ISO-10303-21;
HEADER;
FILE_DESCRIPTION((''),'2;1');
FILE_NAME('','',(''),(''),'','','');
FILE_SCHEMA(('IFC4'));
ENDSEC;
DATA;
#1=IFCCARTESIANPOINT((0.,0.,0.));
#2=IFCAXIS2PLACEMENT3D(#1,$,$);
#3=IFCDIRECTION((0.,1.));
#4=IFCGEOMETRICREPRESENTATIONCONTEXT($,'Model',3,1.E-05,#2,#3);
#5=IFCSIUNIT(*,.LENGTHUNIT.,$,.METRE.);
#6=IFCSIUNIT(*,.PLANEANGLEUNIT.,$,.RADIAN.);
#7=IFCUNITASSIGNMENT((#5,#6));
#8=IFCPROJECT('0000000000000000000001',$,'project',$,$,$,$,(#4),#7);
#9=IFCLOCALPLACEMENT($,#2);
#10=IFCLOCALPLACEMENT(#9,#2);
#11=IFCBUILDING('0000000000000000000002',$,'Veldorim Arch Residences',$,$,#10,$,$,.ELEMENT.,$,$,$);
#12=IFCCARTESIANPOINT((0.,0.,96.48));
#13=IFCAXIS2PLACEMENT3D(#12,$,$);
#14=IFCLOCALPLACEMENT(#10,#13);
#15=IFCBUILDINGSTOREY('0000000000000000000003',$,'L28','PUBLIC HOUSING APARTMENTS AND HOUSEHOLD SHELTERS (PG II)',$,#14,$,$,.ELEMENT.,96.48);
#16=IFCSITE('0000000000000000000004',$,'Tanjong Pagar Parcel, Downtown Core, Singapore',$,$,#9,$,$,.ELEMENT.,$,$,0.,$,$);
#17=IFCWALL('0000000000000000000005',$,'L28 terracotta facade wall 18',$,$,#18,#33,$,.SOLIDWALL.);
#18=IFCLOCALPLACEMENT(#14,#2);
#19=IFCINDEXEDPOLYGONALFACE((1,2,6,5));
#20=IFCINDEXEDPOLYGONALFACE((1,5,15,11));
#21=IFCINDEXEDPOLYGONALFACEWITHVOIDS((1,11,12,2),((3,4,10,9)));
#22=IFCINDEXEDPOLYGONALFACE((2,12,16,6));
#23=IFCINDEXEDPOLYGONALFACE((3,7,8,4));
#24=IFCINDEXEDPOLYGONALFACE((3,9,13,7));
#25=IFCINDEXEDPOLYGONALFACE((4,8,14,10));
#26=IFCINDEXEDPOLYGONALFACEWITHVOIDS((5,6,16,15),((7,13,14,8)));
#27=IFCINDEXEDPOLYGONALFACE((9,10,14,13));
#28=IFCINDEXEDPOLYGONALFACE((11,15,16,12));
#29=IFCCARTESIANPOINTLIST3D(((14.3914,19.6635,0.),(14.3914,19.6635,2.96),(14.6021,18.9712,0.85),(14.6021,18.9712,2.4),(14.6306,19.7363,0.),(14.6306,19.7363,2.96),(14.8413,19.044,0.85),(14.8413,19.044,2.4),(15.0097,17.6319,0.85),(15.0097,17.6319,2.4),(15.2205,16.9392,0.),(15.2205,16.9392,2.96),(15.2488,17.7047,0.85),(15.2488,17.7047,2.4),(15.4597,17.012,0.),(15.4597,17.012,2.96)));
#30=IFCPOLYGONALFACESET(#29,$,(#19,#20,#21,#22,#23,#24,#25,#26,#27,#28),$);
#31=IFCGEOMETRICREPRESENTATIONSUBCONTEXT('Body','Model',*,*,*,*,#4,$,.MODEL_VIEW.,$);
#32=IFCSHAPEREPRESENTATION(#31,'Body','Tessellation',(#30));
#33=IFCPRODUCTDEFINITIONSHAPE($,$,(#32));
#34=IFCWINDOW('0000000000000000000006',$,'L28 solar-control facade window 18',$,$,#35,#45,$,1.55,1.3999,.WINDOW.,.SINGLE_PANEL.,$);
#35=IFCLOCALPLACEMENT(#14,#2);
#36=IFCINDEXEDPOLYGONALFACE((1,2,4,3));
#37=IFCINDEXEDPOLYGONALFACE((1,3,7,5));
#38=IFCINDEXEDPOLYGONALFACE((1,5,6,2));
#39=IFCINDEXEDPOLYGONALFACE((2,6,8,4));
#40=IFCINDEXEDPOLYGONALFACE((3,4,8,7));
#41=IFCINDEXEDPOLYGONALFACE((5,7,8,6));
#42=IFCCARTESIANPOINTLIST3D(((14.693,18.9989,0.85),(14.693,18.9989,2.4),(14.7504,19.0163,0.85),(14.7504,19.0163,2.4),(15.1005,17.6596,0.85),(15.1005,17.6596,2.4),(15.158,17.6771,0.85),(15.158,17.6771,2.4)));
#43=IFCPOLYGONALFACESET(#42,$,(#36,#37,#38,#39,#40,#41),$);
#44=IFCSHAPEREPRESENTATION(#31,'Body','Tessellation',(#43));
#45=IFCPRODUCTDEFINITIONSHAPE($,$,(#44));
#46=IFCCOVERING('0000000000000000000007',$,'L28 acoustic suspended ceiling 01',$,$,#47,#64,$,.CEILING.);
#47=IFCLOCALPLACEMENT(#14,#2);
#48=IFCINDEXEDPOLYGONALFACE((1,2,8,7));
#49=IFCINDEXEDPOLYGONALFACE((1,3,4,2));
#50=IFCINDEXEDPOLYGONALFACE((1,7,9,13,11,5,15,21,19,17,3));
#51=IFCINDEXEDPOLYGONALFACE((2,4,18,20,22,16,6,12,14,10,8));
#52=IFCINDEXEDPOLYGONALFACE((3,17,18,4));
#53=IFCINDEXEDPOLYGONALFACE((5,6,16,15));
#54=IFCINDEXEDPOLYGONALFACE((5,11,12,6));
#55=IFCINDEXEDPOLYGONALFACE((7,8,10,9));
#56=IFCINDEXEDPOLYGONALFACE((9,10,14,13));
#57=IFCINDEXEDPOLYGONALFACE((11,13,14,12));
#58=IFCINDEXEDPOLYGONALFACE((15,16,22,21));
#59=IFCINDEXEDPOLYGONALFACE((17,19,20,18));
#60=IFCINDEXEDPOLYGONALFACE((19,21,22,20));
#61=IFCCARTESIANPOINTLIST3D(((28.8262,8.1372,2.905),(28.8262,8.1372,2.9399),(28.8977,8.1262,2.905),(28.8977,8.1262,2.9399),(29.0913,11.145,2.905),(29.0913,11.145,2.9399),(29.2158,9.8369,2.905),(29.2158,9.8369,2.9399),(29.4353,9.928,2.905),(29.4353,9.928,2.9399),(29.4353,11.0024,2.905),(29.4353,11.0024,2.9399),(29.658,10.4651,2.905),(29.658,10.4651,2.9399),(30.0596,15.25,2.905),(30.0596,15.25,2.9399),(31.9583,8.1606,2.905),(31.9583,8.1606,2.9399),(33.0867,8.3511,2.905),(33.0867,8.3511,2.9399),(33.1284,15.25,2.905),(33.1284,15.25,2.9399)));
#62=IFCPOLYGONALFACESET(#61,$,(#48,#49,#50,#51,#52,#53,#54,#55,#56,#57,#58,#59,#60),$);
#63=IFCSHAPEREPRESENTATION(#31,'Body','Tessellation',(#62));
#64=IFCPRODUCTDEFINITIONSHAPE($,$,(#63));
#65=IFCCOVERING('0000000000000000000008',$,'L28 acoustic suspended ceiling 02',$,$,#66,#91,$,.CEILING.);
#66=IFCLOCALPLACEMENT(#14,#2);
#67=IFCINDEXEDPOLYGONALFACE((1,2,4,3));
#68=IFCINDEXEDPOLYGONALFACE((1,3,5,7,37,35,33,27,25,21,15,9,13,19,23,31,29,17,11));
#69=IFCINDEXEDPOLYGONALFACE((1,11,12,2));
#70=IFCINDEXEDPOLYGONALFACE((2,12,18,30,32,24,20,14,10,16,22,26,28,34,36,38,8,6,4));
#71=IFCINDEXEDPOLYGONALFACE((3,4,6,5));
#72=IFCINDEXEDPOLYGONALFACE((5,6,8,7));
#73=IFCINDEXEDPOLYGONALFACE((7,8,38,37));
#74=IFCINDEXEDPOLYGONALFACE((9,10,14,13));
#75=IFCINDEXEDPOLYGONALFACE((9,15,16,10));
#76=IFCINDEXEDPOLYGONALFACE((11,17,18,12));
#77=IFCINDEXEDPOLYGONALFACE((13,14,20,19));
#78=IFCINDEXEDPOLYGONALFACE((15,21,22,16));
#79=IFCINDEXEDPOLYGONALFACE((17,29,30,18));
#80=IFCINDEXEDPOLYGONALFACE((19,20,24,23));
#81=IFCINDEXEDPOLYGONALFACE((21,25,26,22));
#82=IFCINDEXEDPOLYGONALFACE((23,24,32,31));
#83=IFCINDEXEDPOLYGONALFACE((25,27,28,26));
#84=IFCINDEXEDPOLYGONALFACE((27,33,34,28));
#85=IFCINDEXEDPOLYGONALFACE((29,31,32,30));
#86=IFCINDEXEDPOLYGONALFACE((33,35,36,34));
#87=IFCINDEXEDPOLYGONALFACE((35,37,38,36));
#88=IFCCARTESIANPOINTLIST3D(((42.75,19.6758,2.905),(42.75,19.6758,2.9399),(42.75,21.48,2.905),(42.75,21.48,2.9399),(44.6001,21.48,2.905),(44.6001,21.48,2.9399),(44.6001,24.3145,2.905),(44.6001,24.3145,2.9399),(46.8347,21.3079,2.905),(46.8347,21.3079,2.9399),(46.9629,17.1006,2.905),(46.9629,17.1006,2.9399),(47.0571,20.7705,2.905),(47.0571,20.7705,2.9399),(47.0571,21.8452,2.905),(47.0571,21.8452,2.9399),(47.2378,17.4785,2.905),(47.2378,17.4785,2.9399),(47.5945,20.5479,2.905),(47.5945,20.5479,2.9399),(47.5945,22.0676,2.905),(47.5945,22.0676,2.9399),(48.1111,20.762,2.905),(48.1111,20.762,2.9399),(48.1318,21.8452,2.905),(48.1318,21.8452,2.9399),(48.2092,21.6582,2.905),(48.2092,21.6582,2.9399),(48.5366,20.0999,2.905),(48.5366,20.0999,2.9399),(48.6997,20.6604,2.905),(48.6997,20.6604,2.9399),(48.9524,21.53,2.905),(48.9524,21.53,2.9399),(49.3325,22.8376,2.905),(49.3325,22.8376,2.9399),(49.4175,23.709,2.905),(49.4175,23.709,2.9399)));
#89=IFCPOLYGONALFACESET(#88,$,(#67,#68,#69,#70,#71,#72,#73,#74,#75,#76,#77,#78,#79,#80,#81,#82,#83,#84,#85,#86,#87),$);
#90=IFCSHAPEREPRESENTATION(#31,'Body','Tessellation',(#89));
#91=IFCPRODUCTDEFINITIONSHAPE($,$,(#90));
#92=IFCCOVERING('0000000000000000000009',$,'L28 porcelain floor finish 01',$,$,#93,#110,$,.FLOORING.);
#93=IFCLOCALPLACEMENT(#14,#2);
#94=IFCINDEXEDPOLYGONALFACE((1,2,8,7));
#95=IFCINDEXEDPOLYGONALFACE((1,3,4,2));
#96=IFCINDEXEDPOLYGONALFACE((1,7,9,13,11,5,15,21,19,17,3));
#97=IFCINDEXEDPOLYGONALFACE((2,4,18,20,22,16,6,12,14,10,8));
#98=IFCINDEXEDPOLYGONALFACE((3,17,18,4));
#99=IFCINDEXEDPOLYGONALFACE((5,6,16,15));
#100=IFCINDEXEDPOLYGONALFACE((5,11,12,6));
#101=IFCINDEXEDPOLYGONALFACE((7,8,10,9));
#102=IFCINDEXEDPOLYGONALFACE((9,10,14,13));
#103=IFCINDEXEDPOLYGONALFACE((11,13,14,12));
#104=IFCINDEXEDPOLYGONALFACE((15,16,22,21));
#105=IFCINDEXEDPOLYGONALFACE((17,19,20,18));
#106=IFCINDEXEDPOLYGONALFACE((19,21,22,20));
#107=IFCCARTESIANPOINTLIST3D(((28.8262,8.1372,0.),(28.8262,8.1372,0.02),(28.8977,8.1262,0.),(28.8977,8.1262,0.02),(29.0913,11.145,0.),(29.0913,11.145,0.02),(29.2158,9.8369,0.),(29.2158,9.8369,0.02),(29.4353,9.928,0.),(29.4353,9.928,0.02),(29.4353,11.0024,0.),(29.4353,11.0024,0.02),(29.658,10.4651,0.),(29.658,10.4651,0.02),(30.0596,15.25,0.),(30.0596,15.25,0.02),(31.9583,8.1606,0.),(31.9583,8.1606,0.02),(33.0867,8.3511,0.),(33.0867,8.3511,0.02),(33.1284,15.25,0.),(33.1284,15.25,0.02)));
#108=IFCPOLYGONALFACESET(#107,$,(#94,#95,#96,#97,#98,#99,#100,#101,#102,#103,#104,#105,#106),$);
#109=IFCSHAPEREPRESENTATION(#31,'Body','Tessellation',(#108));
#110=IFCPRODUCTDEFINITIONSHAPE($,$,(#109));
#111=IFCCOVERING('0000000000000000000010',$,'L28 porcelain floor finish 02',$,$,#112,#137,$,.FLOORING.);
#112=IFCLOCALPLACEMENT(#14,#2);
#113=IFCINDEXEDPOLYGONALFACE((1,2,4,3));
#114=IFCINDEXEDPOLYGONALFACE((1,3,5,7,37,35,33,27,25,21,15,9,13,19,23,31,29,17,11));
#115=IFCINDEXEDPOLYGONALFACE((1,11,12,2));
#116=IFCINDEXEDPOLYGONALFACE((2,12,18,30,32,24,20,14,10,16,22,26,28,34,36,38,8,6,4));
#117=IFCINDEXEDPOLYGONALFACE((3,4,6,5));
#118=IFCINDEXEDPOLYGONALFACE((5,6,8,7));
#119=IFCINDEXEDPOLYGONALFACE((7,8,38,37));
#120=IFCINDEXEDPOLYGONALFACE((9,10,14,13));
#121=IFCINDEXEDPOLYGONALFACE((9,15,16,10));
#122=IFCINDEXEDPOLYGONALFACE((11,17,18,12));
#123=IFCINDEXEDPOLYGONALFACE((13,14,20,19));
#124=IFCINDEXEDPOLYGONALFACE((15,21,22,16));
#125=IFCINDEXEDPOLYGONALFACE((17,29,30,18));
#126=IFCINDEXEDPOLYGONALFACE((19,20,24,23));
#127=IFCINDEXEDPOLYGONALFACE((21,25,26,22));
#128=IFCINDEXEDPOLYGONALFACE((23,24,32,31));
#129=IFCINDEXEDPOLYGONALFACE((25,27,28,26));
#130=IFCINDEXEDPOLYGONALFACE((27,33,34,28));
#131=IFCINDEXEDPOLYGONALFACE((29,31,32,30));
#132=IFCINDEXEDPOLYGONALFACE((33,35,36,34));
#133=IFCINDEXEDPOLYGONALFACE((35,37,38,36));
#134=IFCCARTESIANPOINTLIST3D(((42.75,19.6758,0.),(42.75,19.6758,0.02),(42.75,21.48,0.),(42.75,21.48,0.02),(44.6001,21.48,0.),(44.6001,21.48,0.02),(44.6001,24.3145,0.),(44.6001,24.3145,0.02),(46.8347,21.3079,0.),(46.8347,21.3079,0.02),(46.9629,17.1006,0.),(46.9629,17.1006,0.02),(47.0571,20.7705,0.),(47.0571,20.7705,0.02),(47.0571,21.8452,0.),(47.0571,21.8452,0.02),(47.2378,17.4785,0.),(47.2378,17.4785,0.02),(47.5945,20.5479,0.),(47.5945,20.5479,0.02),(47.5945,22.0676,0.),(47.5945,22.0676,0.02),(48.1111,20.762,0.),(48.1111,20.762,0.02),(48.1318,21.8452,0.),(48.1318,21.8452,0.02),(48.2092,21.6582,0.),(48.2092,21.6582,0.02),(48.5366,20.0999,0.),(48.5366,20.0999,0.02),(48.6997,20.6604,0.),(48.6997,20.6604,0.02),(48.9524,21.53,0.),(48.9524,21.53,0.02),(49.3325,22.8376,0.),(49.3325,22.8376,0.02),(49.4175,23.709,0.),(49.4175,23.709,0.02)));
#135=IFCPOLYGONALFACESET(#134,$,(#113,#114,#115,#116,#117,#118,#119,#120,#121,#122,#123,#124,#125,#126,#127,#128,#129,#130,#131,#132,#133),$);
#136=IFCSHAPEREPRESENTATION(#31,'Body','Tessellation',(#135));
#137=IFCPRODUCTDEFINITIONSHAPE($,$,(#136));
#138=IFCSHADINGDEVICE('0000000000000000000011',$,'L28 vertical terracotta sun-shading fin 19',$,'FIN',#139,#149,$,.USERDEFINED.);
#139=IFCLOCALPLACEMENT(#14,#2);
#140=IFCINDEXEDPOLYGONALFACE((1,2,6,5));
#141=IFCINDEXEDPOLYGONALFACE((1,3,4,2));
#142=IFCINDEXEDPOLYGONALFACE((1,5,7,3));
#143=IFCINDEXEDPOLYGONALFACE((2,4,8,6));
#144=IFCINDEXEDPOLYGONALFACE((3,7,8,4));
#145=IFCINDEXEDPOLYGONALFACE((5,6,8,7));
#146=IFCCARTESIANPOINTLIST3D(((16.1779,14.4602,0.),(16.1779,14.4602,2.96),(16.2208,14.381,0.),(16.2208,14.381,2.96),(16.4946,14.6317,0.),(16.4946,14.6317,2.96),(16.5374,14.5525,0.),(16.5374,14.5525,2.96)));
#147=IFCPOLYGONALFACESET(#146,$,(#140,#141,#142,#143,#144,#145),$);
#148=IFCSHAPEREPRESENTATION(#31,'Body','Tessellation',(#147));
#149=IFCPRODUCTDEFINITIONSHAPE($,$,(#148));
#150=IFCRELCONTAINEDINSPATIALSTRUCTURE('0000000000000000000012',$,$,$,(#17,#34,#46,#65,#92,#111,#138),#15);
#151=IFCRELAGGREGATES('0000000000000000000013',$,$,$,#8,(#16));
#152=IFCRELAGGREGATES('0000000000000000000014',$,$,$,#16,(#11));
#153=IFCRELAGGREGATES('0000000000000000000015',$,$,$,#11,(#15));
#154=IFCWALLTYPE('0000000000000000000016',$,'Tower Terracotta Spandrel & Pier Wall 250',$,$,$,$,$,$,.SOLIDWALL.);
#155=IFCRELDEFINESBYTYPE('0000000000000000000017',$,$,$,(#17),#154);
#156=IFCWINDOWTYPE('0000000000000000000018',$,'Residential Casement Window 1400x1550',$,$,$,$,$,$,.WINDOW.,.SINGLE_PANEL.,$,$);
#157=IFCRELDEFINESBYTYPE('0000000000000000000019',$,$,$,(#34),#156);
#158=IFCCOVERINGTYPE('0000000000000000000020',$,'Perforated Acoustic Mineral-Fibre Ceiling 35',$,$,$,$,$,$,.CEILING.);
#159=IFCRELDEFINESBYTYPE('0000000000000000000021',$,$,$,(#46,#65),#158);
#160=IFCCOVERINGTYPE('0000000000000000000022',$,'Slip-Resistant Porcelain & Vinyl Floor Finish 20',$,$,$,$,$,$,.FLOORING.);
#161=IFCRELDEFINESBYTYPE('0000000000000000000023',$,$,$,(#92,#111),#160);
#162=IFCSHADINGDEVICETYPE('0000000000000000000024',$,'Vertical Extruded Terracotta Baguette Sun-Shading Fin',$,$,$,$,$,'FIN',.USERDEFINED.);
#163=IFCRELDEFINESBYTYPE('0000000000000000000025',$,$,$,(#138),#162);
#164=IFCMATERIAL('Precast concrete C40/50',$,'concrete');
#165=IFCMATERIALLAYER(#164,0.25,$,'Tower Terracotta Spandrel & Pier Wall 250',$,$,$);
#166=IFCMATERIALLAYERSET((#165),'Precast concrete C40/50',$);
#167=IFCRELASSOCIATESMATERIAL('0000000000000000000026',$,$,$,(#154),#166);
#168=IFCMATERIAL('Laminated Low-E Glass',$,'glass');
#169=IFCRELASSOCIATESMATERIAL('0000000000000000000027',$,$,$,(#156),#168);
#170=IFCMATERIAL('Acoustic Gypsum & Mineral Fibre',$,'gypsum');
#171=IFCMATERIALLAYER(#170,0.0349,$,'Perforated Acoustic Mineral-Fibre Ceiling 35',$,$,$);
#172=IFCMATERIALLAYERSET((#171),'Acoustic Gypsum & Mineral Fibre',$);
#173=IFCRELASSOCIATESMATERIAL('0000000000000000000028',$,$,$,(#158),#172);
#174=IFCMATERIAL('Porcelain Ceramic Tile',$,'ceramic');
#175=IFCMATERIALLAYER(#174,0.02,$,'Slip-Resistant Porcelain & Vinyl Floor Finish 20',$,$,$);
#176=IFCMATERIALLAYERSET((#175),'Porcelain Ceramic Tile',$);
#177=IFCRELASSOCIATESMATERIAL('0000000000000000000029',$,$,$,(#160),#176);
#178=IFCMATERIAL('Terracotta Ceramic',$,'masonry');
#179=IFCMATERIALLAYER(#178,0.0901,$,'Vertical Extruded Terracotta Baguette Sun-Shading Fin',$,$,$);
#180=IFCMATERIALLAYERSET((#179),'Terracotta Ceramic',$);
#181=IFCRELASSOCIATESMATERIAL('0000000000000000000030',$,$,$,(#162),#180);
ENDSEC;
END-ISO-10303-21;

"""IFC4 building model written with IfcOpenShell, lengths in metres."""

from ifc_helpers import new_model, si_unit, direction, frame, frame_2d, origin, origin_2d, place, context, subcontext, project, spatial, polyline, rectangle, outline, extrude, material, layer, layer_set, type_object, element, fill, save


model = new_model("IFC4")

# Units and contexts
model_context = context("Model", 3, precision=1e-05, world=origin(), true_north=direction((0.0, 1.0)))
body_context = subcontext(model_context, "Body", "Model", "MODEL_VIEW")
ifc_project = project(units=[si_unit("LENGTHUNIT", "METRE"), si_unit("PLANEANGLEUNIT", "RADIAN")], contexts=[model_context])

# Site, building, storey
site_placement = place(None, origin())
site = spatial("IfcSite", under=ifc_project, at=site_placement, Name="Tanjong Pagar Parcel, Downtown Core, Singapore", CompositionType="ELEMENT", RefElevation=0.0)
building_placement = place(site_placement, origin())
building = spatial("IfcBuilding", under=site, at=building_placement, Name="Veldorim Arch Residences", CompositionType="ELEMENT")
storey_placement = place(building_placement, frame((0.0, 0.0, 96.48)))
storey = spatial("IfcBuildingStorey", under=building, at=storey_placement, Name="L28", Description="PUBLIC HOUSING APARTMENTS AND HOUSEHOLD SHELTERS (PG II)", CompositionType="ELEMENT", Elevation=96.48)

# Shared definitions
ifc_material_1 = material(Name="Precast concrete C40/50", Category="concrete")
ifc_layer_1 = layer(ifc_material_1, 0.25, Name="Tower Terracotta Spandrel & Pier Wall 250")
ifc_layer_set_1 = layer_set([ifc_layer_1], Name="Precast concrete C40/50")
wall_type = type_object("IfcWallType", Name="Tower Terracotta Spandrel & Pier Wall 250", PredefinedType="SOLIDWALL", material=ifc_layer_set_1)

# Wall, opening, window
wall_1_placement = place(storey_placement, frame((15.3401, 16.9756, 0.0), z_axis=(0.0, 0.0, 1.0), x_axis=(-0.291145, 0.956679, 0.0)))
wall_1 = element("IfcWall", 1, at=wall_1_placement, inside=storey, type_object=wall_type, Name="L28 terracotta facade wall 18", PredefinedType="SOLIDWALL", context=body_context, shape_type="SweptSolid", body=[
    extrude(rectangle(XDim=2.8477, YDim=0.25, at=frame_2d((1.4238, 0.0))), origin(), (0.0, 0.0, 1.0), 2.96),
])
opening_placement = place(wall_1_placement, frame((0.7241, 0.0, 0.8501)))
opening = element("IfcOpeningElement", 2, at=opening_placement, cuts=wall_1, PredefinedType="OPENING", context=body_context, shape_type="SweptSolid", body=[
    extrude(rectangle(XDim=1.3999, YDim=1.55, at=frame_2d((0.7, 0.7749))), frame((0.0, 0.135, 0.0), z_axis=(0.0, -1.0, 0.0), x_axis=(1.0, 0.0, 0.0)), (0.0, 0.0, 1.0), 0.27),
])
ifc_material_2 = material(Name="Laminated Low-E Glass", Category="glass")
window_type = type_object("IfcWindowType", Name="Residential Casement Window 1400x1550", PartitioningType="SINGLE_PANEL", PredefinedType="WINDOW", material=ifc_material_2)
window_placement = place(opening_placement, origin())
window = element("IfcWindow", 3, at=window_placement, inside=storey, type_object=window_type, Name="L28 solar-control facade window 18", OverallHeight=1.55, OverallWidth=1.3999, PartitioningType="SINGLE_PANEL", PredefinedType="WINDOW", context=body_context, shape_type="SweptSolid", body=[
    extrude(rectangle(XDim=1.3999, YDim=1.55, at=frame_2d((0.7, 0.7749))), frame((0.0, 0.03, 0.0), z_axis=(0.0, -1.0, 0.0), x_axis=(1.0, 0.0, 0.0)), (0.0, 0.0, 1.0), 0.0601),
])
fill(opening, window)

# Coverings
ifc_material_3 = material(Name="Acoustic Gypsum & Mineral Fibre", Category="gypsum")
ifc_layer_2 = layer(ifc_material_3, 0.0349, Name="Perforated Acoustic Mineral-Fibre Ceiling 35")
ifc_layer_set_2 = layer_set([ifc_layer_2], Name="Acoustic Gypsum & Mineral Fibre")
covering_type_1 = type_object("IfcCoveringType", Name="Perforated Acoustic Mineral-Fibre Ceiling 35", PredefinedType="CEILING", material=ifc_layer_set_2)
covering_1_placement = place(storey_placement, frame((0.0, 0.0, 2.905)))
element("IfcCovering", 4, at=covering_1_placement, inside=storey, type_object=covering_type_1, Name="L28 acoustic suspended ceiling 01", PredefinedType="CEILING", context=body_context, shape_type="SweptSolid", body=[
    extrude(outline(polyline([(28.8262, 8.1372), (29.2158, 9.8369), (29.4353, 9.928), (29.658, 10.4651), (29.4353, 11.0024), (29.0913, 11.145), (30.0596, 15.25), (33.1284, 15.25), (33.0867, 8.3511), (31.9583, 8.1606), (28.8977, 8.1262), (28.8262, 8.1372)])), origin(), (0.0, 0.0, 1.0), 0.0349),
])
covering_2_placement = place(storey_placement, frame((0.0, 0.0, 2.905)))
element("IfcCovering", 5, at=covering_2_placement, inside=storey, type_object=covering_type_1, Name="L28 acoustic suspended ceiling 02", PredefinedType="CEILING", context=body_context, shape_type="SweptSolid", body=[
    extrude(outline(polyline([(48.6997, 20.6604), (48.5366, 20.0999), (47.2378, 17.4785), (46.9629, 17.1006), (42.75, 19.6758), (42.75, 21.48), (44.6001, 21.48), (44.6001, 24.3145), (49.4175, 23.709), (49.3325, 22.8376), (48.9524, 21.53), (48.2092, 21.6582), (48.1318, 21.8452), (47.5945, 22.0676), (47.0571, 21.8452), (46.8347, 21.3079), (47.0571, 20.7705), (47.5945, 20.5479), (48.1111, 20.762), (48.6997, 20.6604)])), origin(), (0.0, 0.0, 1.0), 0.0349),
])
ifc_material_4 = material(Name="Porcelain Ceramic Tile", Category="ceramic")
ifc_layer_3 = layer(ifc_material_4, 0.02, Name="Slip-Resistant Porcelain & Vinyl Floor Finish 20")
ifc_layer_set_3 = layer_set([ifc_layer_3], Name="Porcelain Ceramic Tile")
covering_type_2 = type_object("IfcCoveringType", Name="Slip-Resistant Porcelain & Vinyl Floor Finish 20", PredefinedType="FLOORING", material=ifc_layer_set_3)
covering_3_placement = place(storey_placement, origin())
element("IfcCovering", 6, at=covering_3_placement, inside=storey, type_object=covering_type_2, Name="L28 porcelain floor finish 01", PredefinedType="FLOORING", context=body_context, shape_type="SweptSolid", body=[
    extrude(outline(polyline([(28.8262, 8.1372), (29.2158, 9.8369), (29.4353, 9.928), (29.658, 10.4651), (29.4353, 11.0024), (29.0913, 11.145), (30.0596, 15.25), (33.1284, 15.25), (33.0867, 8.3511), (31.9583, 8.1606), (28.8977, 8.1262), (28.8262, 8.1372)])), origin(), (0.0, 0.0, 1.0), 0.02),
])
covering_4_placement = place(storey_placement, origin())
element("IfcCovering", 7, at=covering_4_placement, inside=storey, type_object=covering_type_2, Name="L28 porcelain floor finish 02", PredefinedType="FLOORING", context=body_context, shape_type="SweptSolid", body=[
    extrude(outline(polyline([(48.6997, 20.6604), (48.5366, 20.0999), (47.2378, 17.4785), (46.9629, 17.1006), (42.75, 19.6758), (42.75, 21.48), (44.6001, 21.48), (44.6001, 24.3145), (49.4175, 23.709), (49.3325, 22.8376), (48.9524, 21.53), (48.2092, 21.6582), (48.1318, 21.8452), (47.5945, 22.0676), (47.0571, 21.8452), (46.8347, 21.3079), (47.0571, 20.7705), (47.5945, 20.5479), (48.1111, 20.762), (48.6997, 20.6604)])), origin(), (0.0, 0.0, 1.0), 0.02),
])

# Shading device
ifc_material_5 = material(Name="Terracotta Ceramic", Category="masonry")
ifc_layer_4 = layer(ifc_material_5, 0.0901, Name="Vertical Extruded Terracotta Baguette Sun-Shading Fin")
ifc_layer_set_4 = layer_set([ifc_layer_4], Name="Terracotta Ceramic")
shading_device_type = type_object("IfcShadingDeviceType", Name="Vertical Extruded Terracotta Baguette Sun-Shading Fin", ElementType="FIN", PredefinedType="USERDEFINED", material=ifc_layer_set_4)
shading_device_placement = place(storey_placement, frame((16.3577, 14.5063, 0.0), z_axis=(0.0, 0.0, 1.0), x_axis=(-0.476085, 0.879399, 0.0)))
element("IfcShadingDevice", 8, at=shading_device_placement, inside=storey, type_object=shading_device_type, Name="L28 vertical terracotta sun-shading fin 19", ObjectType="FIN", PredefinedType="USERDEFINED", context=body_context, shape_type="SweptSolid", body=[
    extrude(rectangle(XDim=0.0901, YDim=0.3601, at=origin_2d()), origin(), (0.0, 0.0, 1.0), 2.96),
])

save(model, "model.ifc")
